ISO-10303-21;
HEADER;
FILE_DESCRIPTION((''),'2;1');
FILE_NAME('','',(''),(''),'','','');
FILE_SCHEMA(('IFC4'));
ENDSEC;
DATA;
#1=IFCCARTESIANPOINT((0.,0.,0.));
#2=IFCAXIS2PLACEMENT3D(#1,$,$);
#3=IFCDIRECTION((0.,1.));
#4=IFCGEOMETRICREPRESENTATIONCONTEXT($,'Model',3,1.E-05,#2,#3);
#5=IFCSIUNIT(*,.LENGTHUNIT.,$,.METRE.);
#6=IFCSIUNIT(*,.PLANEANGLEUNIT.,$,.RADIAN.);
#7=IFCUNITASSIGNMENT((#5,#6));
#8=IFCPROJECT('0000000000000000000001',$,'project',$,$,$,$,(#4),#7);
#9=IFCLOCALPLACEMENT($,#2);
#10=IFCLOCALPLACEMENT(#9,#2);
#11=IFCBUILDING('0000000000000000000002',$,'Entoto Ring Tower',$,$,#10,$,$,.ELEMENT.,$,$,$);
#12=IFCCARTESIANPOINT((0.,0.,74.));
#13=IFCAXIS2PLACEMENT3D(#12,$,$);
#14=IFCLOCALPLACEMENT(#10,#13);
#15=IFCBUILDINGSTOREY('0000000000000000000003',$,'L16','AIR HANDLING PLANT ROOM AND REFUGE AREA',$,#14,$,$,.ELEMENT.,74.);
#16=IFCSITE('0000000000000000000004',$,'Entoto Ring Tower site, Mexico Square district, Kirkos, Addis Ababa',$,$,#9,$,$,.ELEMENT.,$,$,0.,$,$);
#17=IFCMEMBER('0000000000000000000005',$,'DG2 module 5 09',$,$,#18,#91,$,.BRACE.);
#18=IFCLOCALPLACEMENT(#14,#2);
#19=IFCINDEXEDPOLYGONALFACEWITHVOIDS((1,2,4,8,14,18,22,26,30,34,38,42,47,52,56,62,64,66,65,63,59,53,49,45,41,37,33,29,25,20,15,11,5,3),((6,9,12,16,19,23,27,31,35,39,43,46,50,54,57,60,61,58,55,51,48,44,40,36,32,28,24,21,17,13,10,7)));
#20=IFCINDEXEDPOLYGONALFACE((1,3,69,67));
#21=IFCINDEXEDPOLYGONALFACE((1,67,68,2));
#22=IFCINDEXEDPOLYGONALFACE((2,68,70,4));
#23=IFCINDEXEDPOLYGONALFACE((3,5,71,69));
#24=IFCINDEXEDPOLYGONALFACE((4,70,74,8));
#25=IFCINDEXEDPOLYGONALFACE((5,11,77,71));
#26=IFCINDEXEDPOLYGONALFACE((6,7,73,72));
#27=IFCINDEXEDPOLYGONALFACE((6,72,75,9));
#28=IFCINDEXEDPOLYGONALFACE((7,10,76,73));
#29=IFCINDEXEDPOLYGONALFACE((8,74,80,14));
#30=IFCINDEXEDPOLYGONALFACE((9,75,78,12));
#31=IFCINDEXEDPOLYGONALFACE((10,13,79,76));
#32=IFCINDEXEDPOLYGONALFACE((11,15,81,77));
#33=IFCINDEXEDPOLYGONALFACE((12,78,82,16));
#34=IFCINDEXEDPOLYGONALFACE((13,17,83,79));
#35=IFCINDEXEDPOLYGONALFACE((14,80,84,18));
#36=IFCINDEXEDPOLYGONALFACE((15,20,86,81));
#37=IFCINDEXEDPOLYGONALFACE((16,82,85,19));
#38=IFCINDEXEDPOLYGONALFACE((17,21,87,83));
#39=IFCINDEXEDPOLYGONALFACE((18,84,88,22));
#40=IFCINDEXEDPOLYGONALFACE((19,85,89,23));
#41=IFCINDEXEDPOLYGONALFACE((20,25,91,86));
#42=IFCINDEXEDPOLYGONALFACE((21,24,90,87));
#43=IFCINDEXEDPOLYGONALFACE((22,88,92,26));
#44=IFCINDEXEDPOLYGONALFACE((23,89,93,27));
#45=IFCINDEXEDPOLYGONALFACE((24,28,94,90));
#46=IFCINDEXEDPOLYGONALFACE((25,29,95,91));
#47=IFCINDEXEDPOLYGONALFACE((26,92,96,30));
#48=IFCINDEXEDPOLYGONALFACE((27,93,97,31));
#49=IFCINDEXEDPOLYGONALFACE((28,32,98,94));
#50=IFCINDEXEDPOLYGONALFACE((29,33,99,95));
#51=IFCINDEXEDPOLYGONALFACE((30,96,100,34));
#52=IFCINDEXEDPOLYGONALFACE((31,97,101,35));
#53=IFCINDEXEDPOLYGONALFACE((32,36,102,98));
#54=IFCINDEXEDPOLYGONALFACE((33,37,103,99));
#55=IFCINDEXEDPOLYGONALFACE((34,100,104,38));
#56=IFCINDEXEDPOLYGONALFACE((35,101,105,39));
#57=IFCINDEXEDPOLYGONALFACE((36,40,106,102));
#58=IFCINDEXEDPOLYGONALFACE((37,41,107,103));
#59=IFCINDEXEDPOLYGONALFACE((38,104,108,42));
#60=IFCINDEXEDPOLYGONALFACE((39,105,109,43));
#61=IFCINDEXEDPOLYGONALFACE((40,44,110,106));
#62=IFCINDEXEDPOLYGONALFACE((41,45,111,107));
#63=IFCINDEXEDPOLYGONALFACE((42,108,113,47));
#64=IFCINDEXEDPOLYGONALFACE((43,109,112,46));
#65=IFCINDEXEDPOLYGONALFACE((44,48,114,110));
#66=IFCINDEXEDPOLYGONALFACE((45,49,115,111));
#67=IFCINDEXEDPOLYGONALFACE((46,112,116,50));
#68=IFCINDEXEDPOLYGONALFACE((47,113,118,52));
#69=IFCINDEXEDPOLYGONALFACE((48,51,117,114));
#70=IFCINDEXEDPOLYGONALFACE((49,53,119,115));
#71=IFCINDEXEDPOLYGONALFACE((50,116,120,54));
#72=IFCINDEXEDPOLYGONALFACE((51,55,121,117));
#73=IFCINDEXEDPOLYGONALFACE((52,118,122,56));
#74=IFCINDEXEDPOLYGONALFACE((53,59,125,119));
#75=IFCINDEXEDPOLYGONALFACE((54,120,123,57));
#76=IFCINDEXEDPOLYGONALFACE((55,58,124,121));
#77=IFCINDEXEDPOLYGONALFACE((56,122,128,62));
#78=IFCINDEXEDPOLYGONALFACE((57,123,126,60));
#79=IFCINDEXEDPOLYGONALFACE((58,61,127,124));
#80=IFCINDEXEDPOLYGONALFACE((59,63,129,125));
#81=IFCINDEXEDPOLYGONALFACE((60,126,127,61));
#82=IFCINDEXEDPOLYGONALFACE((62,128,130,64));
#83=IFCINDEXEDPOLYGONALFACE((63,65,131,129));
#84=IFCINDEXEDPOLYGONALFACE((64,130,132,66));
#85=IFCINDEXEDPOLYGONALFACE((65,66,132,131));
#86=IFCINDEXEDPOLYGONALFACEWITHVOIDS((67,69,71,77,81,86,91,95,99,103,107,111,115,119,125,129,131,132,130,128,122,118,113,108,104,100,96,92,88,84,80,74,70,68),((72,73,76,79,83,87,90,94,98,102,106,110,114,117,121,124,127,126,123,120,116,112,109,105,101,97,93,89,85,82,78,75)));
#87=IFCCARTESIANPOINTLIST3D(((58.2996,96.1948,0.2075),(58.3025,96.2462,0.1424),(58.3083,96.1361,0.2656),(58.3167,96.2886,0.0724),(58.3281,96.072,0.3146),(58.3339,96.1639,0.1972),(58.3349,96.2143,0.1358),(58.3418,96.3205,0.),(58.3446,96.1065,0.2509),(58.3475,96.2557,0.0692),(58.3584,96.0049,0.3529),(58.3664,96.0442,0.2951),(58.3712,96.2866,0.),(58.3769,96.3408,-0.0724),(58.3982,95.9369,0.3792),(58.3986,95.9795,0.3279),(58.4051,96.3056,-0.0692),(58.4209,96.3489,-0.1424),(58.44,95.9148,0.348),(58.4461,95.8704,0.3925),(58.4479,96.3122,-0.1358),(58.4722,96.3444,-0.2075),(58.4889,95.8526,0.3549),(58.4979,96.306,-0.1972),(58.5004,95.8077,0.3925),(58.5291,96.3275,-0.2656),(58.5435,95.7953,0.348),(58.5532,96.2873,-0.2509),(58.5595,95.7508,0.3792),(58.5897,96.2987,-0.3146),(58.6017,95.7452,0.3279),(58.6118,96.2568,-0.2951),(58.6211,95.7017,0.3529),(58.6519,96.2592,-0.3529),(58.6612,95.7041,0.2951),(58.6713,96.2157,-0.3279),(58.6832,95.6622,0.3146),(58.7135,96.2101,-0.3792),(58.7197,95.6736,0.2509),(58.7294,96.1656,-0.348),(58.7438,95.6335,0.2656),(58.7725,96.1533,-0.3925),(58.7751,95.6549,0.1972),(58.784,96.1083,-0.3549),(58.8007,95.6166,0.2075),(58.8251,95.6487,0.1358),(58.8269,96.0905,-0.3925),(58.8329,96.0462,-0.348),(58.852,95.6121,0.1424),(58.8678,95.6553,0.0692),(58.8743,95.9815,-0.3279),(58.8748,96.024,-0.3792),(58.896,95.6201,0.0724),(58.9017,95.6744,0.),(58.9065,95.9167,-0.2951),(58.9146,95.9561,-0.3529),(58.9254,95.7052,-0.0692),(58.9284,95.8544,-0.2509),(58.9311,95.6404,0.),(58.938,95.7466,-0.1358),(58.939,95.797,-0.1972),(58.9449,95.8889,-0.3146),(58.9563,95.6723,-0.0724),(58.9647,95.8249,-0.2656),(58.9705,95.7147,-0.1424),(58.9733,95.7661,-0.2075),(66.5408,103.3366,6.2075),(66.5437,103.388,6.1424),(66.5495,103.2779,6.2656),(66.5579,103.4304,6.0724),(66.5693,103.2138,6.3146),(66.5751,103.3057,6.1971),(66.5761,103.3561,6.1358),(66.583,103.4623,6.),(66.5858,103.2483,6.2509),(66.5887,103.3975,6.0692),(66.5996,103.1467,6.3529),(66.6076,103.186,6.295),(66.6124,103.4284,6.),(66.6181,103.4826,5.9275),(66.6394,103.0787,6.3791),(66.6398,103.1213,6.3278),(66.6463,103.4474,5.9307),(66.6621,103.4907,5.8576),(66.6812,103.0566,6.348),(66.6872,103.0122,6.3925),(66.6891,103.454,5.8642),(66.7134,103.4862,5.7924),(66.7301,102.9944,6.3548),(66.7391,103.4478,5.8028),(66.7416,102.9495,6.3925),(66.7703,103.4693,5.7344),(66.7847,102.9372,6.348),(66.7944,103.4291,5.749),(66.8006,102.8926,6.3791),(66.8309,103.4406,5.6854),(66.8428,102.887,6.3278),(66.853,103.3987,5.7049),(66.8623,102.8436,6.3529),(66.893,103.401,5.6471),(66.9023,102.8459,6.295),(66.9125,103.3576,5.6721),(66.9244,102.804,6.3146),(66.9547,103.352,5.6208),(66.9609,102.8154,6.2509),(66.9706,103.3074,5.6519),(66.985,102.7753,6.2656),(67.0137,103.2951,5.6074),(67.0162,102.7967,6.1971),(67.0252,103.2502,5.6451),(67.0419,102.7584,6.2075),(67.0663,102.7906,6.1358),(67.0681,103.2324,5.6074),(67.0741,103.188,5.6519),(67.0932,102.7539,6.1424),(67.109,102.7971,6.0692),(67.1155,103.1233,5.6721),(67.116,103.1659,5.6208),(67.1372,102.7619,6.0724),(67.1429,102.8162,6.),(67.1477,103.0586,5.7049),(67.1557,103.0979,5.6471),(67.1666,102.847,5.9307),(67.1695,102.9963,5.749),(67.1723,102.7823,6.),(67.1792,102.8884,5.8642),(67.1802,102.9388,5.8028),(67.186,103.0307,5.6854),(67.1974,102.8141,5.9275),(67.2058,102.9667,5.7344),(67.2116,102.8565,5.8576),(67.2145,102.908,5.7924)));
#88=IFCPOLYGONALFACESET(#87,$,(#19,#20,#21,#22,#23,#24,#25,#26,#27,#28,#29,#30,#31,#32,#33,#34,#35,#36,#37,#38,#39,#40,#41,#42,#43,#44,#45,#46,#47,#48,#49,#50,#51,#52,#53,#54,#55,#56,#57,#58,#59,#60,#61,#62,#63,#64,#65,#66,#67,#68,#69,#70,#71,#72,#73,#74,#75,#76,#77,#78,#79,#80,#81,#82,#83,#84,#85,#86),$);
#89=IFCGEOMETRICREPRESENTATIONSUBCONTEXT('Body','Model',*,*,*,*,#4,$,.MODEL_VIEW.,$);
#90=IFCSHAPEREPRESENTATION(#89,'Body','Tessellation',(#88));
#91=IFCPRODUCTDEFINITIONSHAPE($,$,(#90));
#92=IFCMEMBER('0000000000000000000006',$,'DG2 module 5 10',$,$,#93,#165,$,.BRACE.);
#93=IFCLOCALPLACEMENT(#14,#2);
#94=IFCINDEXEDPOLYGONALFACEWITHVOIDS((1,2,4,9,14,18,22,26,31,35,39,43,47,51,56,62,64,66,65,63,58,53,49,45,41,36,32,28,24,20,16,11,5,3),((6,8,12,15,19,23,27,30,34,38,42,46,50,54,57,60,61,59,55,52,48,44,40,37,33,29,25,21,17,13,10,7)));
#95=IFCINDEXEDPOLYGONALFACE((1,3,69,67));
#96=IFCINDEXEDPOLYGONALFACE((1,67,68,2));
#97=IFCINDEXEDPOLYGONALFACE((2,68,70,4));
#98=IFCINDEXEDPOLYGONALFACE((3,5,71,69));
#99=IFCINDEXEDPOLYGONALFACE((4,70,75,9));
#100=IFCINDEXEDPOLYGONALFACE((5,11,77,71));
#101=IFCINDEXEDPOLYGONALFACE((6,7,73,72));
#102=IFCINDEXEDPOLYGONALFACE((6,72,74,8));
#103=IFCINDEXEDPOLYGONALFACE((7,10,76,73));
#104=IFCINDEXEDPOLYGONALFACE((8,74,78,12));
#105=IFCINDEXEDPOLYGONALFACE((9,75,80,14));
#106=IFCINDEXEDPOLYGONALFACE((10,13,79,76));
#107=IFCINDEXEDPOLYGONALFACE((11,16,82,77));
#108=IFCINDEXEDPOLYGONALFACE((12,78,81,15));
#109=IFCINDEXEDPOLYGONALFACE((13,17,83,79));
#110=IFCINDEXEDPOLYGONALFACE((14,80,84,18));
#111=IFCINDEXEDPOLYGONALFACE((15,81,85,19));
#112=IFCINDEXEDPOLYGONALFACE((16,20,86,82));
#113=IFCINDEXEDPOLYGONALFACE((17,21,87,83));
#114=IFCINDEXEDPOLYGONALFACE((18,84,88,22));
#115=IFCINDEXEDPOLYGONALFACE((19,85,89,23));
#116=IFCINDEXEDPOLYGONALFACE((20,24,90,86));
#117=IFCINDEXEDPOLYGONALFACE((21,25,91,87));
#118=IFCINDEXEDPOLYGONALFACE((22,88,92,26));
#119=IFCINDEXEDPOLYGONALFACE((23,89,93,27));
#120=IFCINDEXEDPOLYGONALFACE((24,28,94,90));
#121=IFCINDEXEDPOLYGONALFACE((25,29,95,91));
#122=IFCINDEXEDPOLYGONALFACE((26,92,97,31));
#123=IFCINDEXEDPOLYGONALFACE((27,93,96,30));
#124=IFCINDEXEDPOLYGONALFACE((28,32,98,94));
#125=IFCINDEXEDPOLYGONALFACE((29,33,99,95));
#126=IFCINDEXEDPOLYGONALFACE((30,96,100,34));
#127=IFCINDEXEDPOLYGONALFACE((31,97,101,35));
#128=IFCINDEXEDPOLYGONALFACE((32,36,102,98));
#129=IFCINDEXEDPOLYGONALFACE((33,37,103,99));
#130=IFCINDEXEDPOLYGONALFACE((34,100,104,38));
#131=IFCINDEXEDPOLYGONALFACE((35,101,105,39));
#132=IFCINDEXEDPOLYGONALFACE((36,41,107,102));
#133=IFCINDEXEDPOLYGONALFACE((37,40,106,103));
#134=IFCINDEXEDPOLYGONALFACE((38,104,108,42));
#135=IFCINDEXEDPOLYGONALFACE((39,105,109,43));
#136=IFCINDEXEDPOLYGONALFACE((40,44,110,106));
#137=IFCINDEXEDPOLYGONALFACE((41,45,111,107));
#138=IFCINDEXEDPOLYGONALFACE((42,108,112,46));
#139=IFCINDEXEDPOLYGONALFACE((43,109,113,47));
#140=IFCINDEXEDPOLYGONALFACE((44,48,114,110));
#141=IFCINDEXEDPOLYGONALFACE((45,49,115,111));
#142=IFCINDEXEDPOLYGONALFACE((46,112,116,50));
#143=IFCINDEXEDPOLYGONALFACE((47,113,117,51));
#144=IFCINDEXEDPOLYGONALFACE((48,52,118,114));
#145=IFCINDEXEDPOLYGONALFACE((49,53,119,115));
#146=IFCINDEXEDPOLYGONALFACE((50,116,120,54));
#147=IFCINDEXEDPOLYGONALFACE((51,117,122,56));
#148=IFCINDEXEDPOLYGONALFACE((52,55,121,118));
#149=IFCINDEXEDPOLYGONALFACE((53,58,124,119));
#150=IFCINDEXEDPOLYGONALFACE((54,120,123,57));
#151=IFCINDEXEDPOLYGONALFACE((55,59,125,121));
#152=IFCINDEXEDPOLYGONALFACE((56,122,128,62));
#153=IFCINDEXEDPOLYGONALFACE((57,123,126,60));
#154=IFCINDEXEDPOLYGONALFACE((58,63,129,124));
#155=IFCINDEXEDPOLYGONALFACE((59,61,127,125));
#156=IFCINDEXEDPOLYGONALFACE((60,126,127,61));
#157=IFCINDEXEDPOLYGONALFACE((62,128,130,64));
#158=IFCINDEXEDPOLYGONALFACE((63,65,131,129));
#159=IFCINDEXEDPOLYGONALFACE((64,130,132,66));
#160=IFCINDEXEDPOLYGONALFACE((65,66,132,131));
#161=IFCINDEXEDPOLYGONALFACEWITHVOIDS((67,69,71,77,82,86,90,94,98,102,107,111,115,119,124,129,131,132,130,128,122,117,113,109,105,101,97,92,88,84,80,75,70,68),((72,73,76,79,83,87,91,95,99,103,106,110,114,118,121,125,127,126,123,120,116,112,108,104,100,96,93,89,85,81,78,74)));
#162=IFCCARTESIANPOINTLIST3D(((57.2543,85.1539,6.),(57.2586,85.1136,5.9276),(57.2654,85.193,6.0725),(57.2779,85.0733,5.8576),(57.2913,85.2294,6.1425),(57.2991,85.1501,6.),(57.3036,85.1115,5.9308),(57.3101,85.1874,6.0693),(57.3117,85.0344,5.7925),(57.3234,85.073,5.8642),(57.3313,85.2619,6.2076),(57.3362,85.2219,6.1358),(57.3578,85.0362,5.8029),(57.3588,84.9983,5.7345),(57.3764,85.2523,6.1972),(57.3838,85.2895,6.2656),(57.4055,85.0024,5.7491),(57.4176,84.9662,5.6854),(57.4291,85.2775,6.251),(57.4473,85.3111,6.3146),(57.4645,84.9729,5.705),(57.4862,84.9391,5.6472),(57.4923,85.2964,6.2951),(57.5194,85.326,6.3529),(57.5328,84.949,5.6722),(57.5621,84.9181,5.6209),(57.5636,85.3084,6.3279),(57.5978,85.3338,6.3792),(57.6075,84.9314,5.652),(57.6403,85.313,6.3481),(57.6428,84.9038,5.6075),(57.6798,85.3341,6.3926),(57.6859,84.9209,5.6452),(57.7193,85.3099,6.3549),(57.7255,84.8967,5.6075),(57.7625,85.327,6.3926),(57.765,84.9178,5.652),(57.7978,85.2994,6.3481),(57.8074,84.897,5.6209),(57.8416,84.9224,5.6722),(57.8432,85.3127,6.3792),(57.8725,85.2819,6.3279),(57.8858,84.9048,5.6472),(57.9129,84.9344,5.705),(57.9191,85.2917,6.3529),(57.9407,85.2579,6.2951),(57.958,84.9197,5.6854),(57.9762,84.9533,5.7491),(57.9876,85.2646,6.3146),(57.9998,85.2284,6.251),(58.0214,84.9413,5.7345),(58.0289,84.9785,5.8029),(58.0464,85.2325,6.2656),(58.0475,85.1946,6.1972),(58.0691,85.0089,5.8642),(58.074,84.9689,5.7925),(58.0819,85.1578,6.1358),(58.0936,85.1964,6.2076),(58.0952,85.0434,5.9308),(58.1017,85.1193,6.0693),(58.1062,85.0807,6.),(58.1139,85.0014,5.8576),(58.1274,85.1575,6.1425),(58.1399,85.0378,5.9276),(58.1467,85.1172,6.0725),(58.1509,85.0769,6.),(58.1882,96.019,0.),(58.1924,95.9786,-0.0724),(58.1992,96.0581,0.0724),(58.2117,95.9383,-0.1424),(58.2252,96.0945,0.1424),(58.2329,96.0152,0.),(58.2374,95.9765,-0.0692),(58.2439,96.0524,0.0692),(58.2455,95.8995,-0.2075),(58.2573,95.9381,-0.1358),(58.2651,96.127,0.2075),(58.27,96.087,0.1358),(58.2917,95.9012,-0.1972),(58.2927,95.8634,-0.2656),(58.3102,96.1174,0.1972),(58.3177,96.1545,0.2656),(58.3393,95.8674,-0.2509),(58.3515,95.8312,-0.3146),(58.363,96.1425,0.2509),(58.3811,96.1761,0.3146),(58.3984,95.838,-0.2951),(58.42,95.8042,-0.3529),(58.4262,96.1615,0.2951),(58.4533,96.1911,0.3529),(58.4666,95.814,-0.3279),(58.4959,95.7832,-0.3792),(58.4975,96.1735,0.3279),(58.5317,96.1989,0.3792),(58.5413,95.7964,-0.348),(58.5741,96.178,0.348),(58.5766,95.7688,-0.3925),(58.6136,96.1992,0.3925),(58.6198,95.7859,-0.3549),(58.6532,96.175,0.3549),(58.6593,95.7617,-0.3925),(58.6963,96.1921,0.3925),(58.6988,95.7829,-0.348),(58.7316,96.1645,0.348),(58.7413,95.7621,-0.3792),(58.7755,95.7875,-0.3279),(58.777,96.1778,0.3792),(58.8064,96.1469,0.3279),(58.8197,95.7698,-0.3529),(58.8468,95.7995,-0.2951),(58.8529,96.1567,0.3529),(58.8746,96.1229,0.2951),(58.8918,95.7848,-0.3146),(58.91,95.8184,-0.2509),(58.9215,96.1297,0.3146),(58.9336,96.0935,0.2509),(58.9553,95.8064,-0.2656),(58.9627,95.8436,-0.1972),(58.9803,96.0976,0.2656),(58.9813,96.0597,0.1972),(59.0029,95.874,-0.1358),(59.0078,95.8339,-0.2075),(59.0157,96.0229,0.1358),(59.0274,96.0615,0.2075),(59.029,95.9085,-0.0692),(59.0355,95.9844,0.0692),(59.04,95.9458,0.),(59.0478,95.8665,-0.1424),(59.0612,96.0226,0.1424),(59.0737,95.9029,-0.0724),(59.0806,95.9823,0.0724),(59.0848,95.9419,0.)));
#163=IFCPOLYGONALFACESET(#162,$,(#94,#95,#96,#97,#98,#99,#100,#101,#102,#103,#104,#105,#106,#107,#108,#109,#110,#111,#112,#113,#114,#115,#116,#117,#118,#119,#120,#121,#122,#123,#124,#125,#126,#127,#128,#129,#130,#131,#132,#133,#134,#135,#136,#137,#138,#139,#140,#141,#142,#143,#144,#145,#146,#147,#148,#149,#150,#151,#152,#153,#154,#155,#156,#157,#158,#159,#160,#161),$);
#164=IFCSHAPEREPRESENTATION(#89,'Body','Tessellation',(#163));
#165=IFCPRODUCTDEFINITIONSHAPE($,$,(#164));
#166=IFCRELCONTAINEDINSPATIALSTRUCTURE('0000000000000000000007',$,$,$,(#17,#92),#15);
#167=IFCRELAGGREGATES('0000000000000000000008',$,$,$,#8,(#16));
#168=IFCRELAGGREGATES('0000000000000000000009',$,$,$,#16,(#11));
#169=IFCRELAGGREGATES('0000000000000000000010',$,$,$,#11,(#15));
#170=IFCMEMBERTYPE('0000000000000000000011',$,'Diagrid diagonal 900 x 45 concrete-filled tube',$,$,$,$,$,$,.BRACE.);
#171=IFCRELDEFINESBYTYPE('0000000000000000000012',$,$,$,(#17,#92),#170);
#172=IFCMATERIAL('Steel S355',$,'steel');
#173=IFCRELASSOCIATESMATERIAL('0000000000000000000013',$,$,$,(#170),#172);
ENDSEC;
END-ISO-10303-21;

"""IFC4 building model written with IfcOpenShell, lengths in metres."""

from ifc_helpers import new_model, si_unit, direction, frame, origin, origin_2d, place, context, subcontext, project, spatial, circle, hollow_circle, extrude, material, material_profile, profile_set, type_object, element, save


model = new_model("IFC4")

# Units and contexts
model_context = context("Model", 3, precision=1e-05, world=origin(), true_north=direction((0.0, 1.0)))
body_context = subcontext(model_context, "Body", "Model", "MODEL_VIEW")
ifc_project = project(units=[si_unit("LENGTHUNIT", "METRE"), si_unit("PLANEANGLEUNIT", "RADIAN")], contexts=[model_context])

# Site, building, storey
site_placement = place(None, origin())
site = spatial("IfcSite", under=ifc_project, at=site_placement, Name="Entoto Ring Tower site, Mexico Square district, Kirkos, Addis Ababa", CompositionType="ELEMENT", RefElevation=0.0)
building_placement = place(site_placement, origin())
building = spatial("IfcBuilding", under=site, at=building_placement, Name="Entoto Ring Tower", CompositionType="ELEMENT")
storey_placement = place(building_placement, frame((0.0, 0.0, 74.0)))
storey = spatial("IfcBuildingStorey", under=building, at=storey_placement, Name="L16", Description="AIR HANDLING PLANT ROOM AND REFUGE AREA", CompositionType="ELEMENT", Elevation=74.0)

# Members
ifc_material_1 = material(Name="Steel S355", Category="steel")
ifc_material_profile_1 = material_profile(ifc_material_1, hollow_circle(Radius=0.45, WallThickness=0.0449, at=origin_2d()), Name="CHS 900 x 45")
ifc_material_2 = material(Name="Concrete C60/75", Category="concrete")
ifc_material_profile_2 = material_profile(ifc_material_2, circle(Radius=0.405, at=origin_2d()), Name="Concrete C60/75 infill")
ifc_profile_set_1 = profile_set([ifc_material_profile_1, ifc_material_profile_2], Name="Steel S355")
member_type_1 = type_object("IfcMemberType", Name="Diagrid diagonal 900 x 45 concrete-filled tube", PredefinedType="BRACE", material=ifc_profile_set_1)
for number, where, z_axis, x_axis, name in (
    (1, (58.6365, 95.9805, 0.0), (0.662113, 0.573788, 0.482051), (-0.654902, 0.755713, 0.0), "DG2 module 5 09"),
    (2, (58.6365, 95.9805, 0.0), (-0.075027, -0.872922, 0.482056), (0.996327, -0.085634, 0.0), "DG2 module 5 10"),
):
    element("IfcMember", number, at=place(storey_placement, frame(where, z_axis=z_axis, x_axis=x_axis)), inside=storey, type_object=member_type_1, Name=name, PredefinedType="BRACE", context=body_context, shape_type="SweptSolid", body=[
        extrude(hollow_circle(Radius=0.45, WallThickness=0.0449, at=origin_2d()), origin(), (0.0, 0.0, 1.0), 12.4468),
    ])

save(model, "model.ifc")
